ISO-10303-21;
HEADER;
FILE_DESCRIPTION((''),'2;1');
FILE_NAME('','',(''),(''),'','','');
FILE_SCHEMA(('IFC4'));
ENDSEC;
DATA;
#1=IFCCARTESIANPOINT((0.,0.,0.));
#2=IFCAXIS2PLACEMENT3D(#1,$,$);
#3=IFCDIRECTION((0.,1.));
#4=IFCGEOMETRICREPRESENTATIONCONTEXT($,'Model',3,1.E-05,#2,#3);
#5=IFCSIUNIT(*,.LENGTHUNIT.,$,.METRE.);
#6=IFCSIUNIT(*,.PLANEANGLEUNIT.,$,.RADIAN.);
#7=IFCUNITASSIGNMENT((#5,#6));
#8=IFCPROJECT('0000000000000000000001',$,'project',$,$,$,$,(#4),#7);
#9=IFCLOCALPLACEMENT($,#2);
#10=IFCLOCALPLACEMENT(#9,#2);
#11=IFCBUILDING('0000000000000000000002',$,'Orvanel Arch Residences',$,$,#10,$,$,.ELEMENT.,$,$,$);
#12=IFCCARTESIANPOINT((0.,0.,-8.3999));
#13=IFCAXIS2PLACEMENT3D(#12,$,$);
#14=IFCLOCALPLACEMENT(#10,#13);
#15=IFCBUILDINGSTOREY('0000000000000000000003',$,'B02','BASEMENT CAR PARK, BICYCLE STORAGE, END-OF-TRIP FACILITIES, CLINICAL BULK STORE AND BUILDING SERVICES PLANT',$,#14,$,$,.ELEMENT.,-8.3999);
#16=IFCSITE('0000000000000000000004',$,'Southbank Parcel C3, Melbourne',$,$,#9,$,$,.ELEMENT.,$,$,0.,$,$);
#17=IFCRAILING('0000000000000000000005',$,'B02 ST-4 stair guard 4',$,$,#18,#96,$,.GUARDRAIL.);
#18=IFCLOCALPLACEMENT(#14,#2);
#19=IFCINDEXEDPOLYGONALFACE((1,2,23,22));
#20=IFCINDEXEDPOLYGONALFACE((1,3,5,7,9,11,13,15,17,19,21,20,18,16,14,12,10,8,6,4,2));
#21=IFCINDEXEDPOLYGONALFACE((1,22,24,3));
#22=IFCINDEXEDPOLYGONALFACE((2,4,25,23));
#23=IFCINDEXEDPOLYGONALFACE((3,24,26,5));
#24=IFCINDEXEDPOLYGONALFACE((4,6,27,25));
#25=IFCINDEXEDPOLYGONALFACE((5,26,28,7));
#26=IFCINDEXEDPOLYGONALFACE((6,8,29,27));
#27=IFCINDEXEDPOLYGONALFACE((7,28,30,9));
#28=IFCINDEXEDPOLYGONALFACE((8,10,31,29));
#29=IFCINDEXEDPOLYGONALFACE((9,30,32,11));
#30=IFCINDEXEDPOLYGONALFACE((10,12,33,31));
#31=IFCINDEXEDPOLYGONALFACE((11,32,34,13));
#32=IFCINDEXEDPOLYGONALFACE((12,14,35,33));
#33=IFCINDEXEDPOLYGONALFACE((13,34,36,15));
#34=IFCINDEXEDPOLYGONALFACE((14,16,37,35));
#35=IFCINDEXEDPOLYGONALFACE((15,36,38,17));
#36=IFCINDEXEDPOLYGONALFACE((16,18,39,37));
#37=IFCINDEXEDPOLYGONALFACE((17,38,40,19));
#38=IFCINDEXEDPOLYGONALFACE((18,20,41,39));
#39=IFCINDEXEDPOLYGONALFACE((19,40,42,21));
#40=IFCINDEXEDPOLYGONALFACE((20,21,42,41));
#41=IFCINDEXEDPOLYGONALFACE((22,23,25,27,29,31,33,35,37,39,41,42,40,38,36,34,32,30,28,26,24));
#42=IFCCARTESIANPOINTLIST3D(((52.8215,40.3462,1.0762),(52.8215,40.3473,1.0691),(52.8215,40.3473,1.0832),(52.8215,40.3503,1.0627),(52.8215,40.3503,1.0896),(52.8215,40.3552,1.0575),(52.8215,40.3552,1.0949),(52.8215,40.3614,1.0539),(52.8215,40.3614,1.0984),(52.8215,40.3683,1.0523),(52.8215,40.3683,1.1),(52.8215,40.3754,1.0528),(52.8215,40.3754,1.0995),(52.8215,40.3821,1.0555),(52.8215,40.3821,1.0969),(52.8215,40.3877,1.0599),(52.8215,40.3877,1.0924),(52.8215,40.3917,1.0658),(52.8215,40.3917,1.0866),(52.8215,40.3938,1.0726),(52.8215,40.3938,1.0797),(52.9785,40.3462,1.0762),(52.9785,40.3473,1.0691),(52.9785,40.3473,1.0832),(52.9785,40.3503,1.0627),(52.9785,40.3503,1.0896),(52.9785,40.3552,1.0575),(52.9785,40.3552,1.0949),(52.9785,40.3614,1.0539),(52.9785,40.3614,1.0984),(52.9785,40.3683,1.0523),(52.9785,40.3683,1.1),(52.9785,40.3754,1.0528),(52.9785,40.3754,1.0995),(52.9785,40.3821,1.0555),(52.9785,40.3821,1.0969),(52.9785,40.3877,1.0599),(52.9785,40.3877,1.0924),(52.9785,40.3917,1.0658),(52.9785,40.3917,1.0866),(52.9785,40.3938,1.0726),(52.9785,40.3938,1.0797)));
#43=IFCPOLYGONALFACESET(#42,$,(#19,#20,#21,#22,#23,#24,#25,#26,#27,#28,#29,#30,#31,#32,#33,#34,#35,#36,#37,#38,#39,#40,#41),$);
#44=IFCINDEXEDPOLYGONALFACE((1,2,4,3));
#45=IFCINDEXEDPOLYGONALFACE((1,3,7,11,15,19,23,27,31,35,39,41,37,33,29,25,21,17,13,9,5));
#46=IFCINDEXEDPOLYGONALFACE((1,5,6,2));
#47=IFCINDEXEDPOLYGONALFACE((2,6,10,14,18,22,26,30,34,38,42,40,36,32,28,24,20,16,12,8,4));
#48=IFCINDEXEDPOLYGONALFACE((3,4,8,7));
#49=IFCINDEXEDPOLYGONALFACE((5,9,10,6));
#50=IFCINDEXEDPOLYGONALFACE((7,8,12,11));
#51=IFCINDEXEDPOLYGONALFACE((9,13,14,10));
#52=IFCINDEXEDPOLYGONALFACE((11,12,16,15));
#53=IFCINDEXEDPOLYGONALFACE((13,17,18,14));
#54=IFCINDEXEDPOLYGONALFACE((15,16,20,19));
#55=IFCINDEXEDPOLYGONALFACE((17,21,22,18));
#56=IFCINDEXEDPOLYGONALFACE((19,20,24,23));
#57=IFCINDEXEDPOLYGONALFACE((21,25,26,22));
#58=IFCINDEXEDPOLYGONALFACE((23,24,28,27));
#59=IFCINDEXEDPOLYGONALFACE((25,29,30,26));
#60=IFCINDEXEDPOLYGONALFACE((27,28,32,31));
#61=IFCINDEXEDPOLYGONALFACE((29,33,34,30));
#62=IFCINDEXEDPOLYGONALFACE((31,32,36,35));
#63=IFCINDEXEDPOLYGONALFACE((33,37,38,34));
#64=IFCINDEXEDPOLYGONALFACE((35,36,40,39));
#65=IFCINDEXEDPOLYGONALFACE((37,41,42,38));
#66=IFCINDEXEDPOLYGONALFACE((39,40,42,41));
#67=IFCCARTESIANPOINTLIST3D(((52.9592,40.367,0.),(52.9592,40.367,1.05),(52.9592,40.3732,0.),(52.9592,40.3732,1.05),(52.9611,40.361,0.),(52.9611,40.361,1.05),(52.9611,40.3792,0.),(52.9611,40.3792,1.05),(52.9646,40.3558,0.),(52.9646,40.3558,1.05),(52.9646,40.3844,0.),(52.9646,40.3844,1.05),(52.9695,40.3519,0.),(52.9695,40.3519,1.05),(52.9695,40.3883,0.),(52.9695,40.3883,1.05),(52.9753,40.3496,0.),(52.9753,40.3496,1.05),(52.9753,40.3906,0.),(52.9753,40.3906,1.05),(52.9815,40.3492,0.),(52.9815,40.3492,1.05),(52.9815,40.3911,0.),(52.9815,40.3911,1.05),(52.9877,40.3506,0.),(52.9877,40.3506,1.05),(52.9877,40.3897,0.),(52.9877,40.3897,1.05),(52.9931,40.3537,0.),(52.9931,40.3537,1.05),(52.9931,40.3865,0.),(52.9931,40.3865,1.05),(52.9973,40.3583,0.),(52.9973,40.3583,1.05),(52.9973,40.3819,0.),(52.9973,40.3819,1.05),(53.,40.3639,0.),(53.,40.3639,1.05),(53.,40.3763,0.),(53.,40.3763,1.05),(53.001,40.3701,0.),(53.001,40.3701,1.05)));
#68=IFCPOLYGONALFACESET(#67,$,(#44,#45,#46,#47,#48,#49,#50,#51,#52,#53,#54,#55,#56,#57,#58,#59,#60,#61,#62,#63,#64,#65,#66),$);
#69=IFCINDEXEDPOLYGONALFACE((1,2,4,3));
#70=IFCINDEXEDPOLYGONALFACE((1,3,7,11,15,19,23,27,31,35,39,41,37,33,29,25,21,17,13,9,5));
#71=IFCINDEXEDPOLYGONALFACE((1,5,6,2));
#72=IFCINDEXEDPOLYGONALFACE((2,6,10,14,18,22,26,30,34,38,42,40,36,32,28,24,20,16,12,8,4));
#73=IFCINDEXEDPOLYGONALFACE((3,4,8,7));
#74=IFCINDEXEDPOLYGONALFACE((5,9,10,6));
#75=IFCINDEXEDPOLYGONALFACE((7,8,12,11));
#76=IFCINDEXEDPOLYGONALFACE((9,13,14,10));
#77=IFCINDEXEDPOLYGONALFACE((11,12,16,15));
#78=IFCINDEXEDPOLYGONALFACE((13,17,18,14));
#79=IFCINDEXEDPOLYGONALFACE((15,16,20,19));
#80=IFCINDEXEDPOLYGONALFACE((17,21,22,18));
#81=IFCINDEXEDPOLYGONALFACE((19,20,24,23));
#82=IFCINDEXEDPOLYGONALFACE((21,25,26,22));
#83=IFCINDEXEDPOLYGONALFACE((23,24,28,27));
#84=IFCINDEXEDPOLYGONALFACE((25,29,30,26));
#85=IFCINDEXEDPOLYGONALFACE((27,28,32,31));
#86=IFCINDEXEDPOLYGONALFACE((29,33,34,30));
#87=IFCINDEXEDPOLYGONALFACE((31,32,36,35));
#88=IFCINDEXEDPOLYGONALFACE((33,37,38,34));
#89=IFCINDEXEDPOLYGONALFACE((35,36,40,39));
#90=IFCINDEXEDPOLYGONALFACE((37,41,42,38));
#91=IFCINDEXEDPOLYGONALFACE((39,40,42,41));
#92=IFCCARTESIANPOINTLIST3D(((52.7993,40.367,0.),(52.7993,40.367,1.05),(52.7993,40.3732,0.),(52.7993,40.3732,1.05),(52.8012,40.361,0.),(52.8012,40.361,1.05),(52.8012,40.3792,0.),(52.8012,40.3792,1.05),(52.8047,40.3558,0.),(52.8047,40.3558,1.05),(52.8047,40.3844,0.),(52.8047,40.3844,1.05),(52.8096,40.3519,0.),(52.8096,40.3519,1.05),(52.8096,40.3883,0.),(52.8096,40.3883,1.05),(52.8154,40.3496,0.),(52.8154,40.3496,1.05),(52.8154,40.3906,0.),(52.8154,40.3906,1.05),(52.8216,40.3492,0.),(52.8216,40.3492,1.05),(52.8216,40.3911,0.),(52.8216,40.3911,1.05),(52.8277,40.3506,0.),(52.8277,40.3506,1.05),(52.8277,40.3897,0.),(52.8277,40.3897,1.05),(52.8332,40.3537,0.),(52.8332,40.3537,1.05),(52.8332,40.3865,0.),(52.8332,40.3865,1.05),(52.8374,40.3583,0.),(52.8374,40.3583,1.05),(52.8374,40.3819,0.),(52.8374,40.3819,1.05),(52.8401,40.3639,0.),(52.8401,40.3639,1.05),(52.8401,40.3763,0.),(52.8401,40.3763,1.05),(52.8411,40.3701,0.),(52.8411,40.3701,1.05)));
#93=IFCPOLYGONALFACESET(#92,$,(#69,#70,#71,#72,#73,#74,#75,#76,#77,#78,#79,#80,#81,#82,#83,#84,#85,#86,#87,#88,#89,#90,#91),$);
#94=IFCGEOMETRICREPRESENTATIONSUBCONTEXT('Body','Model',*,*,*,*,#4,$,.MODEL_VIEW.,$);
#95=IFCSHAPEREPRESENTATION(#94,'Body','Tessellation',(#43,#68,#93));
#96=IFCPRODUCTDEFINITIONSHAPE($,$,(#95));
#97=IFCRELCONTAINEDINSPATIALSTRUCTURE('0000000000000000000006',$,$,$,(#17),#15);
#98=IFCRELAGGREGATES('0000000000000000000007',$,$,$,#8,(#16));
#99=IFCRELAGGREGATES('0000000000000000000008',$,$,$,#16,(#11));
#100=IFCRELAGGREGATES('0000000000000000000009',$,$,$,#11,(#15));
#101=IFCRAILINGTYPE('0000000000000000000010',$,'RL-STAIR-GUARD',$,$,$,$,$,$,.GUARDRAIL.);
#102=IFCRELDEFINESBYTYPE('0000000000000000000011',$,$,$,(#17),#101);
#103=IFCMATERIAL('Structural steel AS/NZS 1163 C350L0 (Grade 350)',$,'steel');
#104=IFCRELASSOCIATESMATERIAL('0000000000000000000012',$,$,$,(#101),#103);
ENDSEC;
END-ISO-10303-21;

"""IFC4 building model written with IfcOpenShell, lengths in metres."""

from ifc_helpers import new_model, si_unit, direction, frame, origin, origin_2d, place, context, subcontext, project, spatial, circle, extrude, material, type_object, element, save


model = new_model("IFC4")

# Units and contexts
model_context = context("Model", 3, precision=1e-05, world=origin(), true_north=direction((0.0, 1.0)))
body_context = subcontext(model_context, "Body", "Model", "MODEL_VIEW")
ifc_project = project(units=[si_unit("LENGTHUNIT", "METRE"), si_unit("PLANEANGLEUNIT", "RADIAN")], contexts=[model_context])

# Site, building, storey
site_placement = place(None, origin())
site = spatial("IfcSite", under=ifc_project, at=site_placement, Name="Southbank Parcel C3, Melbourne", CompositionType="ELEMENT", RefElevation=0.0)
building_placement = place(site_placement, origin())
building = spatial("IfcBuilding", under=site, at=building_placement, Name="Orvanel Arch Residences", CompositionType="ELEMENT")
storey_placement = place(building_placement, frame((0.0, 0.0, -8.3999)))
storey = spatial("IfcBuildingStorey", under=building, at=storey_placement, Name="B02", Description="BASEMENT CAR PARK, BICYCLE STORAGE, END-OF-TRIP FACILITIES, CLINICAL BULK STORE AND BUILDING SERVICES PLANT", CompositionType="ELEMENT", Elevation=-8.3999)

# Railing
ifc_material_1 = material(Name="Structural steel AS/NZS 1163 C350L0 (Grade 350)", Category="steel")
railing_type_1 = type_object("IfcRailingType", Name="RL-STAIR-GUARD", PredefinedType="GUARDRAIL", material=ifc_material_1)
railing_1_placement = place(storey_placement, frame((52.98, 40.3701, 0.0)))
element("IfcRailing", 1, at=railing_1_placement, inside=storey, type_object=railing_type_1, Name="B02 ST-4 stair guard 4", PredefinedType="GUARDRAIL", context=body_context, shape_type="SweptSolid", body=[
    extrude(circle(Radius=0.0239, at=origin_2d()), frame((-0.0015, 0.0, 1.0762), z_axis=(-1.0, 0.0, 0.0), x_axis=(0.0, -1.0, 0.0)), (0.0, 0.0, 1.0), 0.157),
    extrude(circle(Radius=0.021, at=origin_2d()), origin(), (0.0, 0.0, 1.0), 1.05),
    extrude(circle(Radius=0.021, at=origin_2d()), frame((-0.1599, 0.0, 0.0)), (0.0, 0.0, 1.0), 1.05),
])

save(model, "model.ifc")
